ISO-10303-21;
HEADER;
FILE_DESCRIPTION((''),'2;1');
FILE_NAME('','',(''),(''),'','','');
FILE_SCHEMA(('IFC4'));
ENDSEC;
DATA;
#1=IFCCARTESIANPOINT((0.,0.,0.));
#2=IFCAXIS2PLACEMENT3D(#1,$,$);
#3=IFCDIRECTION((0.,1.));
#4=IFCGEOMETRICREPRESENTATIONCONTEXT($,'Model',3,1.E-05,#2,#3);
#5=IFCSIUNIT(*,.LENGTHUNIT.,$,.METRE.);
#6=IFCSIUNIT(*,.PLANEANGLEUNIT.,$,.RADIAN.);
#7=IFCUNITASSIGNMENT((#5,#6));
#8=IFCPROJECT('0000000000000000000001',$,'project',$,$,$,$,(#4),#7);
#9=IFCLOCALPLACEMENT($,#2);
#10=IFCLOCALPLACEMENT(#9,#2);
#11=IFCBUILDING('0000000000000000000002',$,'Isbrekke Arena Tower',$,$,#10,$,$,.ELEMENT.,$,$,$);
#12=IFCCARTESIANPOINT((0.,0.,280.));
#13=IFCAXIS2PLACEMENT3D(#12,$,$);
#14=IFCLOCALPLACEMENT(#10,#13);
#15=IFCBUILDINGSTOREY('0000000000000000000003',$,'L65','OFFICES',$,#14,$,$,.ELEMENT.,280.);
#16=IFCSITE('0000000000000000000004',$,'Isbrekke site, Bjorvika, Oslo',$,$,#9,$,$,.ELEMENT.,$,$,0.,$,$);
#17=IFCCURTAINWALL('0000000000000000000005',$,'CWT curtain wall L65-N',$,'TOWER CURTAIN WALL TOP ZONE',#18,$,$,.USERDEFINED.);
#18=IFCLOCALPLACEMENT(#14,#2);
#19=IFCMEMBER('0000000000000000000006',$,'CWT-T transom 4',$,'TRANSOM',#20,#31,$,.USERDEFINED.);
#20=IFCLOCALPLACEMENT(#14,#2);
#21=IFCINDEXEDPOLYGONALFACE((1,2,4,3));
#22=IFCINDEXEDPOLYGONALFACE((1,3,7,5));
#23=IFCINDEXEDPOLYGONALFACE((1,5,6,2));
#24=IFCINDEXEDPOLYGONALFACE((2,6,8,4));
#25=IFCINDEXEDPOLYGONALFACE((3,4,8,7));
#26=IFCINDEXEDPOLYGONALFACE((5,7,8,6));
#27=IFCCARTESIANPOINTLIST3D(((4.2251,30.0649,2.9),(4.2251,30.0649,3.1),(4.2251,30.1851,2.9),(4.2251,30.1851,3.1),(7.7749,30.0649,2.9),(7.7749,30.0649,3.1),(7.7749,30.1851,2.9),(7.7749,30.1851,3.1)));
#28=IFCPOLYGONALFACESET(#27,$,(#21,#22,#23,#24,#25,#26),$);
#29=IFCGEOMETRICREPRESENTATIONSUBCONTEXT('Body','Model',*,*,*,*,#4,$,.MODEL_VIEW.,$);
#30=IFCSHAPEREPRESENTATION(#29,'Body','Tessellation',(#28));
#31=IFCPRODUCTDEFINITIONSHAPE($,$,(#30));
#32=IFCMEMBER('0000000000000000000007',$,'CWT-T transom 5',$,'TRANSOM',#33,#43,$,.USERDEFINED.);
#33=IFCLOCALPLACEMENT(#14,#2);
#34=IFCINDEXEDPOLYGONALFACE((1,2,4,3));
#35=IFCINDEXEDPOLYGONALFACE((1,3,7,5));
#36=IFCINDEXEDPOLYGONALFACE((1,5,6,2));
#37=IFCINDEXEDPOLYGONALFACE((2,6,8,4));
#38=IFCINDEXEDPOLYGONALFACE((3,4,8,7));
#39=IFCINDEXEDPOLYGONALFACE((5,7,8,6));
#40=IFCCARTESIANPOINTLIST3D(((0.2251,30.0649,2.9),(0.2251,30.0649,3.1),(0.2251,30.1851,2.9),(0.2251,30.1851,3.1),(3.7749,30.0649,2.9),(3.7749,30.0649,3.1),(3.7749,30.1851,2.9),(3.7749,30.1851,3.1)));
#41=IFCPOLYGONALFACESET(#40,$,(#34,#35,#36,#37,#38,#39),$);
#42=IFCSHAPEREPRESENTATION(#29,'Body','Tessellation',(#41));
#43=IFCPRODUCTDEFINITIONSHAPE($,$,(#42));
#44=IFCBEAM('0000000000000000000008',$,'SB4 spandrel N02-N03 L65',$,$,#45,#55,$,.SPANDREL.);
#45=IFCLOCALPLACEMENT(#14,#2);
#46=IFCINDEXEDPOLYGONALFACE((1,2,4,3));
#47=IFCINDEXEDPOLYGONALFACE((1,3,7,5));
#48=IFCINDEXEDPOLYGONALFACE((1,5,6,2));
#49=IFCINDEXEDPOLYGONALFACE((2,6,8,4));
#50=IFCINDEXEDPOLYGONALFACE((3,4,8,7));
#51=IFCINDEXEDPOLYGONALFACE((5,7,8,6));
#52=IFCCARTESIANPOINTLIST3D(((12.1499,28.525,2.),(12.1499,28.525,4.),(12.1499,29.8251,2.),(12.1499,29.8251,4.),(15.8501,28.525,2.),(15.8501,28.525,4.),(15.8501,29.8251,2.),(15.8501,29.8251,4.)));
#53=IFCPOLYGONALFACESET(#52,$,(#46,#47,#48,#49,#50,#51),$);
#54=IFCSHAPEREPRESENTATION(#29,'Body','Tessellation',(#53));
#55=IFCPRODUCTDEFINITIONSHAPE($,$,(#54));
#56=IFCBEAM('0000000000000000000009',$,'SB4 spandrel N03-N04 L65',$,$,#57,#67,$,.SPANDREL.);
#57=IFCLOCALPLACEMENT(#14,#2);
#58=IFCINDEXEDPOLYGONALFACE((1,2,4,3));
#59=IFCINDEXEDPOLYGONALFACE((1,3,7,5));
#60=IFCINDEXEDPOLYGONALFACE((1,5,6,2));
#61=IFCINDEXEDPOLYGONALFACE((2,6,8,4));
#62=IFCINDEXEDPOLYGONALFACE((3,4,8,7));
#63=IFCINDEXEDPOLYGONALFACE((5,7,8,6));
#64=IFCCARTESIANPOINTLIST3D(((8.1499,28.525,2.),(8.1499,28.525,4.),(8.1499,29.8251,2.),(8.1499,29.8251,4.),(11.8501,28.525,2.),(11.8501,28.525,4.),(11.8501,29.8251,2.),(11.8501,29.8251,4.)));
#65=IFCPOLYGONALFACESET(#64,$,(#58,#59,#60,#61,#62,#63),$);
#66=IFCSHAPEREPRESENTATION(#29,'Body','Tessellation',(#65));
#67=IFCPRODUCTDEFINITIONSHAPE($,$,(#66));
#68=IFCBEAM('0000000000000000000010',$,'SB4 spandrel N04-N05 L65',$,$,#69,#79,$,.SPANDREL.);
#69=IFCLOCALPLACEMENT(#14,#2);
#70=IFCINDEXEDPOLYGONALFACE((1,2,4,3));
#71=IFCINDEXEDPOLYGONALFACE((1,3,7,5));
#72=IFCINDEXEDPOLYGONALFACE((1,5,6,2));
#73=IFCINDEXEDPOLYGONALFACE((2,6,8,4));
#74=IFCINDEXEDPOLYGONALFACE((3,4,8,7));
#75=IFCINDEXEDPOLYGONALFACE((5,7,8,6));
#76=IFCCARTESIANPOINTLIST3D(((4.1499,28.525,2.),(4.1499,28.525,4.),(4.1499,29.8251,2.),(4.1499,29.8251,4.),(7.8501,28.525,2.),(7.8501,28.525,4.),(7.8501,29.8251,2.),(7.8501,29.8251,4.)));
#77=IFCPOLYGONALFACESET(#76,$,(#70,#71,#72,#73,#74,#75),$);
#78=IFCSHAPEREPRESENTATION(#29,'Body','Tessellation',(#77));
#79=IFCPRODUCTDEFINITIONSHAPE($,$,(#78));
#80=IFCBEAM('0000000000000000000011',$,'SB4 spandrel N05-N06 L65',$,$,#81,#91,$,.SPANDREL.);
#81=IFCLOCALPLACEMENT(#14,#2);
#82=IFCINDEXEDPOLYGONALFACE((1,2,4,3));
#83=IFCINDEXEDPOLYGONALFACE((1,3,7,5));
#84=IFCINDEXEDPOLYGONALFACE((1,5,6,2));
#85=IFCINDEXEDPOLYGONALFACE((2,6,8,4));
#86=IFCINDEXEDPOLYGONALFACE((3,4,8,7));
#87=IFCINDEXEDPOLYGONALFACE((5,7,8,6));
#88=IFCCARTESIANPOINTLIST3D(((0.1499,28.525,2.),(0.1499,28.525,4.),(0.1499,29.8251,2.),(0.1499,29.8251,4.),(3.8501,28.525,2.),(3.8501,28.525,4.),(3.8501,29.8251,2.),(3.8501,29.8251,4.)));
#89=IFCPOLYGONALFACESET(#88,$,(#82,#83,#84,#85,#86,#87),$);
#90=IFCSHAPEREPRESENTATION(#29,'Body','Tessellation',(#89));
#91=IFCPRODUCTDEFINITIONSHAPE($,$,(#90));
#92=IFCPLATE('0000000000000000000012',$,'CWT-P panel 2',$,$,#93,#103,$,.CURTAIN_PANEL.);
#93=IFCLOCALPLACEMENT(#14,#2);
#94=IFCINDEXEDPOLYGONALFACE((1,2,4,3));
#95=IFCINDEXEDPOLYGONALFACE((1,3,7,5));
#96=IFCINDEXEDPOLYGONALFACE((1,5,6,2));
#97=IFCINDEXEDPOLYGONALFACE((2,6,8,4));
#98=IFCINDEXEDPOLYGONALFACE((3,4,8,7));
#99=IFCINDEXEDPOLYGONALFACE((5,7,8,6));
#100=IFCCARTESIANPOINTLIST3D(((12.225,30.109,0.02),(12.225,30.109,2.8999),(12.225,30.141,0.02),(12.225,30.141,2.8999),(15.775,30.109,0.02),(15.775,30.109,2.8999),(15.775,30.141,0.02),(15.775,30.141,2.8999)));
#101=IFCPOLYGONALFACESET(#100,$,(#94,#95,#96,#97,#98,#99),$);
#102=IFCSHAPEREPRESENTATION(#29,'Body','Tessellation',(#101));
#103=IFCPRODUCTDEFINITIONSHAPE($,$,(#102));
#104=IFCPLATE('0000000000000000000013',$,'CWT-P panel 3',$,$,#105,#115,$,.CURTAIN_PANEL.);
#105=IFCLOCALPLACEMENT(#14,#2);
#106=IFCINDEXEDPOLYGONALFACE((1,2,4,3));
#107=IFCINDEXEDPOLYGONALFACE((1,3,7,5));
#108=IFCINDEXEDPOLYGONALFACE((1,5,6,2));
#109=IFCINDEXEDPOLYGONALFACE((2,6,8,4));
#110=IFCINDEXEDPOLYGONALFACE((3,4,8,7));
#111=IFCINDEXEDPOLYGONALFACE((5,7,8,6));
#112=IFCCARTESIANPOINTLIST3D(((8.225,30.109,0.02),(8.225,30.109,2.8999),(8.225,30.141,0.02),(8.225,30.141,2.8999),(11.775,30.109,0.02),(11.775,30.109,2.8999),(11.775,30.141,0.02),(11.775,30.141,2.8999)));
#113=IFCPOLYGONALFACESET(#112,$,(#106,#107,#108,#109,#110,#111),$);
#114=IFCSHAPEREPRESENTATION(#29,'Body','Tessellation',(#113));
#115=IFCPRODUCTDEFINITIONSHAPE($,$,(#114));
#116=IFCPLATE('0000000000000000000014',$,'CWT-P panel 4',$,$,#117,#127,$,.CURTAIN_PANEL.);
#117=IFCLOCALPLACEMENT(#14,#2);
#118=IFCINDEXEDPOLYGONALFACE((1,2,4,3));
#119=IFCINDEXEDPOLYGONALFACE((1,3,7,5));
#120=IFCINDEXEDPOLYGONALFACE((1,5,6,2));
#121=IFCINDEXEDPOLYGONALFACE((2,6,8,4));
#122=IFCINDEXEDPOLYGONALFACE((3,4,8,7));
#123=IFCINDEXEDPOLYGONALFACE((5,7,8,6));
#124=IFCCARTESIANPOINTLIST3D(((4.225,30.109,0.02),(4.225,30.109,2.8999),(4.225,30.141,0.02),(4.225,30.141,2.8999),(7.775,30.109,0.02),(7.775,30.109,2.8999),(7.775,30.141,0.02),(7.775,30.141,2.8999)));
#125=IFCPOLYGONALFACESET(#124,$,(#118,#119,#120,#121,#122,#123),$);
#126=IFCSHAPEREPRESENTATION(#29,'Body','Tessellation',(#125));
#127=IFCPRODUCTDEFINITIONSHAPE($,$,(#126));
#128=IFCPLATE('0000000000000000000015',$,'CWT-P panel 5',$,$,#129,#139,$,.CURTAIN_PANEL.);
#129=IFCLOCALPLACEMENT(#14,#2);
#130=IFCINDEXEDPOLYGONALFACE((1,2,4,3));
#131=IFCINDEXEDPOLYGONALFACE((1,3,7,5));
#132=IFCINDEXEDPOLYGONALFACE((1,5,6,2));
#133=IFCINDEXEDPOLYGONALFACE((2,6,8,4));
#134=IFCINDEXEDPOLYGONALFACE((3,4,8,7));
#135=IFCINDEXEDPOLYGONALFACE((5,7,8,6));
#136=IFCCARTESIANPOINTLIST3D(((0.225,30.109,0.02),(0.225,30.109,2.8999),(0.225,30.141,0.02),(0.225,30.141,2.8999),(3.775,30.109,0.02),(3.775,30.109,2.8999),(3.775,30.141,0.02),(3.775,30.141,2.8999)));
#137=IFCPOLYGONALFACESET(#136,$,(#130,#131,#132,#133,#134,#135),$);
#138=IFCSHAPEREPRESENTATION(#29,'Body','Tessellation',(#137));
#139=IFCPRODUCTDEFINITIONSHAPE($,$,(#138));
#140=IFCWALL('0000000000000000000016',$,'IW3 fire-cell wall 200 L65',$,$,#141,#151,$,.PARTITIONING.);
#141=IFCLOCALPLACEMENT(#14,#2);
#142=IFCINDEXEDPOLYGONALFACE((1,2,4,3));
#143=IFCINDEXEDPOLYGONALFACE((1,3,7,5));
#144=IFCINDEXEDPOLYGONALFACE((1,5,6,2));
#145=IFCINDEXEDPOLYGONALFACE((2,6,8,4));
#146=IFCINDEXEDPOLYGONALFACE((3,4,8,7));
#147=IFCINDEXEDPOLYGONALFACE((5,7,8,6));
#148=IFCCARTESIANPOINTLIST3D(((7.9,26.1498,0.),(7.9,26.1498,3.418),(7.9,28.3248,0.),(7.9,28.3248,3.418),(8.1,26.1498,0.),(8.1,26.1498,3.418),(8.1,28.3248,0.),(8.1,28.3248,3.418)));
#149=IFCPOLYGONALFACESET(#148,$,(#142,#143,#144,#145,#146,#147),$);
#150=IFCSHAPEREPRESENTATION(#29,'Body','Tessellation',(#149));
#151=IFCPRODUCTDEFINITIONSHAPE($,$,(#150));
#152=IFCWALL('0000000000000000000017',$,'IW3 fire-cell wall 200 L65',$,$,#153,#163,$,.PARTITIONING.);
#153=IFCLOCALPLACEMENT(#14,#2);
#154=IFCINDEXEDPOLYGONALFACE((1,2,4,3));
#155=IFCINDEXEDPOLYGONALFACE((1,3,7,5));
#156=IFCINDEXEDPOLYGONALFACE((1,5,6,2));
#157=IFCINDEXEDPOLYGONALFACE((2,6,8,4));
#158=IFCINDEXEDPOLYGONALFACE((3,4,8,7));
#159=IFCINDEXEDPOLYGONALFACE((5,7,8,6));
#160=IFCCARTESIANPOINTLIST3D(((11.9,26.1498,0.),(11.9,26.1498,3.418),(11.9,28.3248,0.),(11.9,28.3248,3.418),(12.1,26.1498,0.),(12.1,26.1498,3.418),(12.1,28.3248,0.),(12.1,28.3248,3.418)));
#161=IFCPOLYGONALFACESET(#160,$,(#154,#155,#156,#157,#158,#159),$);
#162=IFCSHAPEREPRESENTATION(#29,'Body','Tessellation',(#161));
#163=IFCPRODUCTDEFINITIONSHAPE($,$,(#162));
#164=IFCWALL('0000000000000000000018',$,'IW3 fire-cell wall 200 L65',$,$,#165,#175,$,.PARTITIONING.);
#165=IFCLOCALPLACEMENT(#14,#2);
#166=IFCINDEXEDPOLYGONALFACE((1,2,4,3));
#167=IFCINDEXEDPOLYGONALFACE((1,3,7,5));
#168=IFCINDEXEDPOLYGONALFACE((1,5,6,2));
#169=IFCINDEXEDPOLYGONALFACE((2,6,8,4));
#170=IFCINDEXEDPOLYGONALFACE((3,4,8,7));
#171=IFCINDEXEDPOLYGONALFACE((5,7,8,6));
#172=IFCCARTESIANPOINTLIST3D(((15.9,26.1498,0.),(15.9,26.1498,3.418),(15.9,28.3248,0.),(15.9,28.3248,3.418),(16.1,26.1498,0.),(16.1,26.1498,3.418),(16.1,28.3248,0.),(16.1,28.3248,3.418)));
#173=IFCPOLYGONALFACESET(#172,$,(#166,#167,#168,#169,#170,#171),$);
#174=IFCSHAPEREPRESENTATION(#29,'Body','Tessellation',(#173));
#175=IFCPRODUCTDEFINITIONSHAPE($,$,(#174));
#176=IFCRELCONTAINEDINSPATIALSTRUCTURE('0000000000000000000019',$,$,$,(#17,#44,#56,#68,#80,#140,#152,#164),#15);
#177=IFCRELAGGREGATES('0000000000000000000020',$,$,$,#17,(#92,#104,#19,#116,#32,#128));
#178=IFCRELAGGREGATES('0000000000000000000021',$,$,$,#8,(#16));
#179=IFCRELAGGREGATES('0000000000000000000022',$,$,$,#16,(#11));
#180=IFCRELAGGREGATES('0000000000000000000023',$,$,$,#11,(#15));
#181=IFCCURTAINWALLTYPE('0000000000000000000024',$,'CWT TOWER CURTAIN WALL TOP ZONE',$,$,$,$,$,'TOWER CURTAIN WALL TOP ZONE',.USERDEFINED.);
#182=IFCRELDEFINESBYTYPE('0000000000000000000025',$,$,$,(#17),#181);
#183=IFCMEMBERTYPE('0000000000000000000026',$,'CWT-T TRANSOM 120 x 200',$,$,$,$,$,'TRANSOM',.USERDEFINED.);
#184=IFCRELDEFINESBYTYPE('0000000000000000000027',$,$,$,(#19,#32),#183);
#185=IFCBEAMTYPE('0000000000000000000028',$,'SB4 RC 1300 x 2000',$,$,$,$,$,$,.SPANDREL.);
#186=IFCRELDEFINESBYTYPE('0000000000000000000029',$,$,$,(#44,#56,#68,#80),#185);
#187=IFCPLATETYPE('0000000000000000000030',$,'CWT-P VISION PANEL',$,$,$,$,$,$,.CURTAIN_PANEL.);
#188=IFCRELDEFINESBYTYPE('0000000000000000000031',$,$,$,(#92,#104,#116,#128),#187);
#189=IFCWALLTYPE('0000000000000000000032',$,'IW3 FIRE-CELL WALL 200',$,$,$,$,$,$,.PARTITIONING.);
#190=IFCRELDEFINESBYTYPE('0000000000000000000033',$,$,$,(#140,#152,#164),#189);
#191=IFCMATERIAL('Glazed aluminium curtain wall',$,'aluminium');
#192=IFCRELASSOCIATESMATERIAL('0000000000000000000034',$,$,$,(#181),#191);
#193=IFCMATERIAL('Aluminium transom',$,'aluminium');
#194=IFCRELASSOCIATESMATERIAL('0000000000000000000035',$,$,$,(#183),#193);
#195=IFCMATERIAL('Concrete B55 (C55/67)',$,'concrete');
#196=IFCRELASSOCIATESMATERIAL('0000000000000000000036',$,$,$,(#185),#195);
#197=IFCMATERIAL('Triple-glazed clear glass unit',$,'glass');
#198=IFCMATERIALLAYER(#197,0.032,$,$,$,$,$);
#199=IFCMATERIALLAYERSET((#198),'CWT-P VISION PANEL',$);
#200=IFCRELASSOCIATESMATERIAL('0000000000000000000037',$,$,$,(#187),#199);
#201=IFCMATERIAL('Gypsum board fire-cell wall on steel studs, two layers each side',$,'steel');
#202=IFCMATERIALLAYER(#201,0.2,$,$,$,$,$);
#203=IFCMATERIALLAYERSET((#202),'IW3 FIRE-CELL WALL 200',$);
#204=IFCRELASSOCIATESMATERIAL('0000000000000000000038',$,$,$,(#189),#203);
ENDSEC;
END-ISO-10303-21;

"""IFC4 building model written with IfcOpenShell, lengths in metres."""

from ifc_helpers import new_model, si_unit, direction, frame, frame_2d, origin, origin_2d, place, context, subcontext, project, spatial, rectangle, extrude, material, layer, layer_set, material_profile, profile_set, type_object, element, aggregate, save


model = new_model("IFC4")

# Units and contexts
model_context = context("Model", 3, precision=1e-05, world=origin(), true_north=direction((0.0, 1.0)))
body_context = subcontext(model_context, "Body", "Model", "MODEL_VIEW")
ifc_project = project(units=[si_unit("LENGTHUNIT", "METRE"), si_unit("PLANEANGLEUNIT", "RADIAN")], contexts=[model_context])

# Site, building, storey
site_placement = place(None, origin())
site = spatial("IfcSite", under=ifc_project, at=site_placement, Name="Isbrekke site, Bjorvika, Oslo", CompositionType="ELEMENT", RefElevation=0.0)
building_placement = place(site_placement, origin())
building = spatial("IfcBuilding", under=site, at=building_placement, Name="Isbrekke Arena Tower", CompositionType="ELEMENT")
storey_placement = place(building_placement, frame((0.0, 0.0, 280.0)))
storey = spatial("IfcBuildingStorey", under=building, at=storey_placement, Name="L65", Description="OFFICES", CompositionType="ELEMENT", Elevation=280.0)

# Curtain wall, members
ifc_material_1 = material(Name="Glazed aluminium curtain wall", Category="aluminium")
curtain_wall_type = type_object("IfcCurtainWallType", Name="CWT TOWER CURTAIN WALL TOP ZONE", ElementType="TOWER CURTAIN WALL TOP ZONE", PredefinedType="USERDEFINED", material=ifc_material_1)
curtain_wall_placement = place(storey_placement, origin())
curtain_wall = element("IfcCurtainWall", 1, at=curtain_wall_placement, inside=storey, type_object=curtain_wall_type, Name="CWT curtain wall L65-N", ObjectType="TOWER CURTAIN WALL TOP ZONE", PredefinedType="USERDEFINED")
ifc_material_2 = material(Name="Aluminium transom", Category="aluminium")
ifc_material_profile_1 = material_profile(ifc_material_2, rectangle(XDim=0.1201, YDim=0.2, at=origin_2d()), Name="TRANSOM 120X200")
ifc_profile_set_1 = profile_set([ifc_material_profile_1], Name="Aluminium transom")
member_type_1 = type_object("IfcMemberType", Name="CWT-T TRANSOM 120 x 200", ElementType="TRANSOM", PredefinedType="USERDEFINED", material=ifc_profile_set_1)
member_1_placement = place(storey_placement, frame((7.7749, 30.125, 3.0), z_axis=(-1.0, 0.0, 0.0), x_axis=(0.0, -1.0, 0.0)))
member_1 = element("IfcMember", 2, at=member_1_placement, type_object=member_type_1, Name="CWT-T transom 4", ObjectType="TRANSOM", PredefinedType="USERDEFINED", context=body_context, shape_type="SweptSolid", body=[
    extrude(rectangle(XDim=0.1201, YDim=0.2, at=origin_2d()), origin(), (0.0, 0.0, 1.0), 3.5498),
])
member_2_placement = place(storey_placement, frame((3.7749, 30.125, 3.0), z_axis=(-1.0, 0.0, 0.0), x_axis=(0.0, -1.0, 0.0)))
member_2 = element("IfcMember", 3, at=member_2_placement, type_object=member_type_1, Name="CWT-T transom 5", ObjectType="TRANSOM", PredefinedType="USERDEFINED", context=body_context, shape_type="SweptSolid", body=[
    extrude(rectangle(XDim=0.1201, YDim=0.2, at=origin_2d()), origin(), (0.0, 0.0, 1.0), 3.5498),
])

# Beams
ifc_material_3 = material(Name="Concrete B55 (C55/67)", Category="concrete")
ifc_material_profile_2 = material_profile(ifc_material_3, rectangle(XDim=1.3, YDim=2.0, at=origin_2d()), Name="RC 1300x2000")
ifc_profile_set_2 = profile_set([ifc_material_profile_2], Name="Concrete B55 (C55/67)")
beam_type_1 = type_object("IfcBeamType", Name="SB4 RC 1300 x 2000", PredefinedType="SPANDREL", material=ifc_profile_set_2)
for number, where, z_axis, x_axis, name in (
    (4, (15.8501, 29.175, 3.0), (-1.0, 0.0, 0.0), (0.0, -1.0, 0.0), "SB4 spandrel N02-N03 L65"),
    (5, (11.8501, 29.175, 3.0), (-1.0, 0.0, 0.0), (0.0, -1.0, 0.0), "SB4 spandrel N03-N04 L65"),
    (6, (7.8501, 29.175, 3.0), (-1.0, 0.0, 0.0), (0.0, -1.0, 0.0), "SB4 spandrel N04-N05 L65"),
    (7, (3.8501, 29.175, 3.0), (-1.0, 0.0, 0.0), (0.0, -1.0, 0.0), "SB4 spandrel N05-N06 L65"),
):
    element("IfcBeam", number, at=place(storey_placement, frame(where, z_axis=z_axis, x_axis=x_axis)), inside=storey, type_object=beam_type_1, Name=name, PredefinedType="SPANDREL", context=body_context, shape_type="SweptSolid", body=[
        extrude(rectangle(XDim=1.3, YDim=2.0, at=origin_2d()), origin(), (0.0, 0.0, 1.0), 3.7002),
    ])

# Plates
ifc_material_4 = material(Name="Triple-glazed clear glass unit", Category="glass")
ifc_layer_1 = layer(ifc_material_4, 0.032)
ifc_layer_set_1 = layer_set([ifc_layer_1], Name="CWT-P VISION PANEL")
plate_type = type_object("IfcPlateType", Name="CWT-P VISION PANEL", PredefinedType="CURTAIN_PANEL", material=ifc_layer_set_1)
plate_1_placement = place(storey_placement, frame((14.0, 30.125, 0.02), z_axis=(0.0, 0.0, 1.0), x_axis=(-1.0, 0.0, 0.0)))
plate_1 = element("IfcPlate", 8, at=plate_1_placement, type_object=plate_type, Name="CWT-P panel 2", PredefinedType="CURTAIN_PANEL", context=body_context, shape_type="SweptSolid", body=[
    extrude(rectangle(XDim=3.55, YDim=0.032, at=origin_2d()), origin(), (0.0, 0.0, 1.0), 2.8799),
])
plate_2_placement = place(storey_placement, frame((10.0, 30.125, 0.02), z_axis=(0.0, 0.0, 1.0), x_axis=(-1.0, 0.0, 0.0)))
plate_2 = element("IfcPlate", 9, at=plate_2_placement, type_object=plate_type, Name="CWT-P panel 3", PredefinedType="CURTAIN_PANEL", context=body_context, shape_type="SweptSolid", body=[
    extrude(rectangle(XDim=3.55, YDim=0.032, at=origin_2d()), origin(), (0.0, 0.0, 1.0), 2.8799),
])
plate_3_placement = place(storey_placement, frame((6.0, 30.125, 0.02), z_axis=(0.0, 0.0, 1.0), x_axis=(-1.0, 0.0, 0.0)))
plate_3 = element("IfcPlate", 10, at=plate_3_placement, type_object=plate_type, Name="CWT-P panel 4", PredefinedType="CURTAIN_PANEL", context=body_context, shape_type="SweptSolid", body=[
    extrude(rectangle(XDim=3.55, YDim=0.032, at=origin_2d()), origin(), (0.0, 0.0, 1.0), 2.8799),
])
plate_4_placement = place(storey_placement, frame((2.0, 30.125, 0.02), z_axis=(0.0, 0.0, 1.0), x_axis=(-1.0, 0.0, 0.0)))
plate_4 = element("IfcPlate", 11, at=plate_4_placement, type_object=plate_type, Name="CWT-P panel 5", PredefinedType="CURTAIN_PANEL", context=body_context, shape_type="SweptSolid", body=[
    extrude(rectangle(XDim=3.55, YDim=0.032, at=origin_2d()), origin(), (0.0, 0.0, 1.0), 2.8799),
])
aggregate(curtain_wall, [plate_1, plate_2, member_1, plate_3, member_2, plate_4])

# Walls
ifc_material_5 = material(Name="Gypsum board fire-cell wall on steel studs, two layers each side", Category="steel")
ifc_layer_2 = layer(ifc_material_5, 0.2)
ifc_layer_set_2 = layer_set([ifc_layer_2], Name="IW3 FIRE-CELL WALL 200")
wall_type = type_object("IfcWallType", Name="IW3 FIRE-CELL WALL 200", PredefinedType="PARTITIONING", material=ifc_layer_set_2)
for number, where, z_axis, x_axis, name in (
    (12, (8.0, 26.1499, 0.0), (0.0, 0.0, 1.0), (0.0, 1.0, 0.0), "IW3 fire-cell wall 200 L65"),
    (13, (12.0, 26.1499, 0.0), (0.0, 0.0, 1.0), (0.0, 1.0, 0.0), "IW3 fire-cell wall 200 L65"),
    (14, (16.0, 26.1499, 0.0), (0.0, 0.0, 1.0), (0.0, 1.0, 0.0), "IW3 fire-cell wall 200 L65"),
):
    element("IfcWall", number, at=place(storey_placement, frame(where, z_axis=z_axis, x_axis=x_axis)), inside=storey, type_object=wall_type, Name=name, PredefinedType="PARTITIONING", context=body_context, shape_type="SweptSolid", body=[
        extrude(rectangle(XDim=2.175, YDim=0.2, at=frame_2d((1.0874, 0.0))), origin(), (0.0, 0.0, 1.0), 3.418),
    ])

save(model, "model.ifc")
